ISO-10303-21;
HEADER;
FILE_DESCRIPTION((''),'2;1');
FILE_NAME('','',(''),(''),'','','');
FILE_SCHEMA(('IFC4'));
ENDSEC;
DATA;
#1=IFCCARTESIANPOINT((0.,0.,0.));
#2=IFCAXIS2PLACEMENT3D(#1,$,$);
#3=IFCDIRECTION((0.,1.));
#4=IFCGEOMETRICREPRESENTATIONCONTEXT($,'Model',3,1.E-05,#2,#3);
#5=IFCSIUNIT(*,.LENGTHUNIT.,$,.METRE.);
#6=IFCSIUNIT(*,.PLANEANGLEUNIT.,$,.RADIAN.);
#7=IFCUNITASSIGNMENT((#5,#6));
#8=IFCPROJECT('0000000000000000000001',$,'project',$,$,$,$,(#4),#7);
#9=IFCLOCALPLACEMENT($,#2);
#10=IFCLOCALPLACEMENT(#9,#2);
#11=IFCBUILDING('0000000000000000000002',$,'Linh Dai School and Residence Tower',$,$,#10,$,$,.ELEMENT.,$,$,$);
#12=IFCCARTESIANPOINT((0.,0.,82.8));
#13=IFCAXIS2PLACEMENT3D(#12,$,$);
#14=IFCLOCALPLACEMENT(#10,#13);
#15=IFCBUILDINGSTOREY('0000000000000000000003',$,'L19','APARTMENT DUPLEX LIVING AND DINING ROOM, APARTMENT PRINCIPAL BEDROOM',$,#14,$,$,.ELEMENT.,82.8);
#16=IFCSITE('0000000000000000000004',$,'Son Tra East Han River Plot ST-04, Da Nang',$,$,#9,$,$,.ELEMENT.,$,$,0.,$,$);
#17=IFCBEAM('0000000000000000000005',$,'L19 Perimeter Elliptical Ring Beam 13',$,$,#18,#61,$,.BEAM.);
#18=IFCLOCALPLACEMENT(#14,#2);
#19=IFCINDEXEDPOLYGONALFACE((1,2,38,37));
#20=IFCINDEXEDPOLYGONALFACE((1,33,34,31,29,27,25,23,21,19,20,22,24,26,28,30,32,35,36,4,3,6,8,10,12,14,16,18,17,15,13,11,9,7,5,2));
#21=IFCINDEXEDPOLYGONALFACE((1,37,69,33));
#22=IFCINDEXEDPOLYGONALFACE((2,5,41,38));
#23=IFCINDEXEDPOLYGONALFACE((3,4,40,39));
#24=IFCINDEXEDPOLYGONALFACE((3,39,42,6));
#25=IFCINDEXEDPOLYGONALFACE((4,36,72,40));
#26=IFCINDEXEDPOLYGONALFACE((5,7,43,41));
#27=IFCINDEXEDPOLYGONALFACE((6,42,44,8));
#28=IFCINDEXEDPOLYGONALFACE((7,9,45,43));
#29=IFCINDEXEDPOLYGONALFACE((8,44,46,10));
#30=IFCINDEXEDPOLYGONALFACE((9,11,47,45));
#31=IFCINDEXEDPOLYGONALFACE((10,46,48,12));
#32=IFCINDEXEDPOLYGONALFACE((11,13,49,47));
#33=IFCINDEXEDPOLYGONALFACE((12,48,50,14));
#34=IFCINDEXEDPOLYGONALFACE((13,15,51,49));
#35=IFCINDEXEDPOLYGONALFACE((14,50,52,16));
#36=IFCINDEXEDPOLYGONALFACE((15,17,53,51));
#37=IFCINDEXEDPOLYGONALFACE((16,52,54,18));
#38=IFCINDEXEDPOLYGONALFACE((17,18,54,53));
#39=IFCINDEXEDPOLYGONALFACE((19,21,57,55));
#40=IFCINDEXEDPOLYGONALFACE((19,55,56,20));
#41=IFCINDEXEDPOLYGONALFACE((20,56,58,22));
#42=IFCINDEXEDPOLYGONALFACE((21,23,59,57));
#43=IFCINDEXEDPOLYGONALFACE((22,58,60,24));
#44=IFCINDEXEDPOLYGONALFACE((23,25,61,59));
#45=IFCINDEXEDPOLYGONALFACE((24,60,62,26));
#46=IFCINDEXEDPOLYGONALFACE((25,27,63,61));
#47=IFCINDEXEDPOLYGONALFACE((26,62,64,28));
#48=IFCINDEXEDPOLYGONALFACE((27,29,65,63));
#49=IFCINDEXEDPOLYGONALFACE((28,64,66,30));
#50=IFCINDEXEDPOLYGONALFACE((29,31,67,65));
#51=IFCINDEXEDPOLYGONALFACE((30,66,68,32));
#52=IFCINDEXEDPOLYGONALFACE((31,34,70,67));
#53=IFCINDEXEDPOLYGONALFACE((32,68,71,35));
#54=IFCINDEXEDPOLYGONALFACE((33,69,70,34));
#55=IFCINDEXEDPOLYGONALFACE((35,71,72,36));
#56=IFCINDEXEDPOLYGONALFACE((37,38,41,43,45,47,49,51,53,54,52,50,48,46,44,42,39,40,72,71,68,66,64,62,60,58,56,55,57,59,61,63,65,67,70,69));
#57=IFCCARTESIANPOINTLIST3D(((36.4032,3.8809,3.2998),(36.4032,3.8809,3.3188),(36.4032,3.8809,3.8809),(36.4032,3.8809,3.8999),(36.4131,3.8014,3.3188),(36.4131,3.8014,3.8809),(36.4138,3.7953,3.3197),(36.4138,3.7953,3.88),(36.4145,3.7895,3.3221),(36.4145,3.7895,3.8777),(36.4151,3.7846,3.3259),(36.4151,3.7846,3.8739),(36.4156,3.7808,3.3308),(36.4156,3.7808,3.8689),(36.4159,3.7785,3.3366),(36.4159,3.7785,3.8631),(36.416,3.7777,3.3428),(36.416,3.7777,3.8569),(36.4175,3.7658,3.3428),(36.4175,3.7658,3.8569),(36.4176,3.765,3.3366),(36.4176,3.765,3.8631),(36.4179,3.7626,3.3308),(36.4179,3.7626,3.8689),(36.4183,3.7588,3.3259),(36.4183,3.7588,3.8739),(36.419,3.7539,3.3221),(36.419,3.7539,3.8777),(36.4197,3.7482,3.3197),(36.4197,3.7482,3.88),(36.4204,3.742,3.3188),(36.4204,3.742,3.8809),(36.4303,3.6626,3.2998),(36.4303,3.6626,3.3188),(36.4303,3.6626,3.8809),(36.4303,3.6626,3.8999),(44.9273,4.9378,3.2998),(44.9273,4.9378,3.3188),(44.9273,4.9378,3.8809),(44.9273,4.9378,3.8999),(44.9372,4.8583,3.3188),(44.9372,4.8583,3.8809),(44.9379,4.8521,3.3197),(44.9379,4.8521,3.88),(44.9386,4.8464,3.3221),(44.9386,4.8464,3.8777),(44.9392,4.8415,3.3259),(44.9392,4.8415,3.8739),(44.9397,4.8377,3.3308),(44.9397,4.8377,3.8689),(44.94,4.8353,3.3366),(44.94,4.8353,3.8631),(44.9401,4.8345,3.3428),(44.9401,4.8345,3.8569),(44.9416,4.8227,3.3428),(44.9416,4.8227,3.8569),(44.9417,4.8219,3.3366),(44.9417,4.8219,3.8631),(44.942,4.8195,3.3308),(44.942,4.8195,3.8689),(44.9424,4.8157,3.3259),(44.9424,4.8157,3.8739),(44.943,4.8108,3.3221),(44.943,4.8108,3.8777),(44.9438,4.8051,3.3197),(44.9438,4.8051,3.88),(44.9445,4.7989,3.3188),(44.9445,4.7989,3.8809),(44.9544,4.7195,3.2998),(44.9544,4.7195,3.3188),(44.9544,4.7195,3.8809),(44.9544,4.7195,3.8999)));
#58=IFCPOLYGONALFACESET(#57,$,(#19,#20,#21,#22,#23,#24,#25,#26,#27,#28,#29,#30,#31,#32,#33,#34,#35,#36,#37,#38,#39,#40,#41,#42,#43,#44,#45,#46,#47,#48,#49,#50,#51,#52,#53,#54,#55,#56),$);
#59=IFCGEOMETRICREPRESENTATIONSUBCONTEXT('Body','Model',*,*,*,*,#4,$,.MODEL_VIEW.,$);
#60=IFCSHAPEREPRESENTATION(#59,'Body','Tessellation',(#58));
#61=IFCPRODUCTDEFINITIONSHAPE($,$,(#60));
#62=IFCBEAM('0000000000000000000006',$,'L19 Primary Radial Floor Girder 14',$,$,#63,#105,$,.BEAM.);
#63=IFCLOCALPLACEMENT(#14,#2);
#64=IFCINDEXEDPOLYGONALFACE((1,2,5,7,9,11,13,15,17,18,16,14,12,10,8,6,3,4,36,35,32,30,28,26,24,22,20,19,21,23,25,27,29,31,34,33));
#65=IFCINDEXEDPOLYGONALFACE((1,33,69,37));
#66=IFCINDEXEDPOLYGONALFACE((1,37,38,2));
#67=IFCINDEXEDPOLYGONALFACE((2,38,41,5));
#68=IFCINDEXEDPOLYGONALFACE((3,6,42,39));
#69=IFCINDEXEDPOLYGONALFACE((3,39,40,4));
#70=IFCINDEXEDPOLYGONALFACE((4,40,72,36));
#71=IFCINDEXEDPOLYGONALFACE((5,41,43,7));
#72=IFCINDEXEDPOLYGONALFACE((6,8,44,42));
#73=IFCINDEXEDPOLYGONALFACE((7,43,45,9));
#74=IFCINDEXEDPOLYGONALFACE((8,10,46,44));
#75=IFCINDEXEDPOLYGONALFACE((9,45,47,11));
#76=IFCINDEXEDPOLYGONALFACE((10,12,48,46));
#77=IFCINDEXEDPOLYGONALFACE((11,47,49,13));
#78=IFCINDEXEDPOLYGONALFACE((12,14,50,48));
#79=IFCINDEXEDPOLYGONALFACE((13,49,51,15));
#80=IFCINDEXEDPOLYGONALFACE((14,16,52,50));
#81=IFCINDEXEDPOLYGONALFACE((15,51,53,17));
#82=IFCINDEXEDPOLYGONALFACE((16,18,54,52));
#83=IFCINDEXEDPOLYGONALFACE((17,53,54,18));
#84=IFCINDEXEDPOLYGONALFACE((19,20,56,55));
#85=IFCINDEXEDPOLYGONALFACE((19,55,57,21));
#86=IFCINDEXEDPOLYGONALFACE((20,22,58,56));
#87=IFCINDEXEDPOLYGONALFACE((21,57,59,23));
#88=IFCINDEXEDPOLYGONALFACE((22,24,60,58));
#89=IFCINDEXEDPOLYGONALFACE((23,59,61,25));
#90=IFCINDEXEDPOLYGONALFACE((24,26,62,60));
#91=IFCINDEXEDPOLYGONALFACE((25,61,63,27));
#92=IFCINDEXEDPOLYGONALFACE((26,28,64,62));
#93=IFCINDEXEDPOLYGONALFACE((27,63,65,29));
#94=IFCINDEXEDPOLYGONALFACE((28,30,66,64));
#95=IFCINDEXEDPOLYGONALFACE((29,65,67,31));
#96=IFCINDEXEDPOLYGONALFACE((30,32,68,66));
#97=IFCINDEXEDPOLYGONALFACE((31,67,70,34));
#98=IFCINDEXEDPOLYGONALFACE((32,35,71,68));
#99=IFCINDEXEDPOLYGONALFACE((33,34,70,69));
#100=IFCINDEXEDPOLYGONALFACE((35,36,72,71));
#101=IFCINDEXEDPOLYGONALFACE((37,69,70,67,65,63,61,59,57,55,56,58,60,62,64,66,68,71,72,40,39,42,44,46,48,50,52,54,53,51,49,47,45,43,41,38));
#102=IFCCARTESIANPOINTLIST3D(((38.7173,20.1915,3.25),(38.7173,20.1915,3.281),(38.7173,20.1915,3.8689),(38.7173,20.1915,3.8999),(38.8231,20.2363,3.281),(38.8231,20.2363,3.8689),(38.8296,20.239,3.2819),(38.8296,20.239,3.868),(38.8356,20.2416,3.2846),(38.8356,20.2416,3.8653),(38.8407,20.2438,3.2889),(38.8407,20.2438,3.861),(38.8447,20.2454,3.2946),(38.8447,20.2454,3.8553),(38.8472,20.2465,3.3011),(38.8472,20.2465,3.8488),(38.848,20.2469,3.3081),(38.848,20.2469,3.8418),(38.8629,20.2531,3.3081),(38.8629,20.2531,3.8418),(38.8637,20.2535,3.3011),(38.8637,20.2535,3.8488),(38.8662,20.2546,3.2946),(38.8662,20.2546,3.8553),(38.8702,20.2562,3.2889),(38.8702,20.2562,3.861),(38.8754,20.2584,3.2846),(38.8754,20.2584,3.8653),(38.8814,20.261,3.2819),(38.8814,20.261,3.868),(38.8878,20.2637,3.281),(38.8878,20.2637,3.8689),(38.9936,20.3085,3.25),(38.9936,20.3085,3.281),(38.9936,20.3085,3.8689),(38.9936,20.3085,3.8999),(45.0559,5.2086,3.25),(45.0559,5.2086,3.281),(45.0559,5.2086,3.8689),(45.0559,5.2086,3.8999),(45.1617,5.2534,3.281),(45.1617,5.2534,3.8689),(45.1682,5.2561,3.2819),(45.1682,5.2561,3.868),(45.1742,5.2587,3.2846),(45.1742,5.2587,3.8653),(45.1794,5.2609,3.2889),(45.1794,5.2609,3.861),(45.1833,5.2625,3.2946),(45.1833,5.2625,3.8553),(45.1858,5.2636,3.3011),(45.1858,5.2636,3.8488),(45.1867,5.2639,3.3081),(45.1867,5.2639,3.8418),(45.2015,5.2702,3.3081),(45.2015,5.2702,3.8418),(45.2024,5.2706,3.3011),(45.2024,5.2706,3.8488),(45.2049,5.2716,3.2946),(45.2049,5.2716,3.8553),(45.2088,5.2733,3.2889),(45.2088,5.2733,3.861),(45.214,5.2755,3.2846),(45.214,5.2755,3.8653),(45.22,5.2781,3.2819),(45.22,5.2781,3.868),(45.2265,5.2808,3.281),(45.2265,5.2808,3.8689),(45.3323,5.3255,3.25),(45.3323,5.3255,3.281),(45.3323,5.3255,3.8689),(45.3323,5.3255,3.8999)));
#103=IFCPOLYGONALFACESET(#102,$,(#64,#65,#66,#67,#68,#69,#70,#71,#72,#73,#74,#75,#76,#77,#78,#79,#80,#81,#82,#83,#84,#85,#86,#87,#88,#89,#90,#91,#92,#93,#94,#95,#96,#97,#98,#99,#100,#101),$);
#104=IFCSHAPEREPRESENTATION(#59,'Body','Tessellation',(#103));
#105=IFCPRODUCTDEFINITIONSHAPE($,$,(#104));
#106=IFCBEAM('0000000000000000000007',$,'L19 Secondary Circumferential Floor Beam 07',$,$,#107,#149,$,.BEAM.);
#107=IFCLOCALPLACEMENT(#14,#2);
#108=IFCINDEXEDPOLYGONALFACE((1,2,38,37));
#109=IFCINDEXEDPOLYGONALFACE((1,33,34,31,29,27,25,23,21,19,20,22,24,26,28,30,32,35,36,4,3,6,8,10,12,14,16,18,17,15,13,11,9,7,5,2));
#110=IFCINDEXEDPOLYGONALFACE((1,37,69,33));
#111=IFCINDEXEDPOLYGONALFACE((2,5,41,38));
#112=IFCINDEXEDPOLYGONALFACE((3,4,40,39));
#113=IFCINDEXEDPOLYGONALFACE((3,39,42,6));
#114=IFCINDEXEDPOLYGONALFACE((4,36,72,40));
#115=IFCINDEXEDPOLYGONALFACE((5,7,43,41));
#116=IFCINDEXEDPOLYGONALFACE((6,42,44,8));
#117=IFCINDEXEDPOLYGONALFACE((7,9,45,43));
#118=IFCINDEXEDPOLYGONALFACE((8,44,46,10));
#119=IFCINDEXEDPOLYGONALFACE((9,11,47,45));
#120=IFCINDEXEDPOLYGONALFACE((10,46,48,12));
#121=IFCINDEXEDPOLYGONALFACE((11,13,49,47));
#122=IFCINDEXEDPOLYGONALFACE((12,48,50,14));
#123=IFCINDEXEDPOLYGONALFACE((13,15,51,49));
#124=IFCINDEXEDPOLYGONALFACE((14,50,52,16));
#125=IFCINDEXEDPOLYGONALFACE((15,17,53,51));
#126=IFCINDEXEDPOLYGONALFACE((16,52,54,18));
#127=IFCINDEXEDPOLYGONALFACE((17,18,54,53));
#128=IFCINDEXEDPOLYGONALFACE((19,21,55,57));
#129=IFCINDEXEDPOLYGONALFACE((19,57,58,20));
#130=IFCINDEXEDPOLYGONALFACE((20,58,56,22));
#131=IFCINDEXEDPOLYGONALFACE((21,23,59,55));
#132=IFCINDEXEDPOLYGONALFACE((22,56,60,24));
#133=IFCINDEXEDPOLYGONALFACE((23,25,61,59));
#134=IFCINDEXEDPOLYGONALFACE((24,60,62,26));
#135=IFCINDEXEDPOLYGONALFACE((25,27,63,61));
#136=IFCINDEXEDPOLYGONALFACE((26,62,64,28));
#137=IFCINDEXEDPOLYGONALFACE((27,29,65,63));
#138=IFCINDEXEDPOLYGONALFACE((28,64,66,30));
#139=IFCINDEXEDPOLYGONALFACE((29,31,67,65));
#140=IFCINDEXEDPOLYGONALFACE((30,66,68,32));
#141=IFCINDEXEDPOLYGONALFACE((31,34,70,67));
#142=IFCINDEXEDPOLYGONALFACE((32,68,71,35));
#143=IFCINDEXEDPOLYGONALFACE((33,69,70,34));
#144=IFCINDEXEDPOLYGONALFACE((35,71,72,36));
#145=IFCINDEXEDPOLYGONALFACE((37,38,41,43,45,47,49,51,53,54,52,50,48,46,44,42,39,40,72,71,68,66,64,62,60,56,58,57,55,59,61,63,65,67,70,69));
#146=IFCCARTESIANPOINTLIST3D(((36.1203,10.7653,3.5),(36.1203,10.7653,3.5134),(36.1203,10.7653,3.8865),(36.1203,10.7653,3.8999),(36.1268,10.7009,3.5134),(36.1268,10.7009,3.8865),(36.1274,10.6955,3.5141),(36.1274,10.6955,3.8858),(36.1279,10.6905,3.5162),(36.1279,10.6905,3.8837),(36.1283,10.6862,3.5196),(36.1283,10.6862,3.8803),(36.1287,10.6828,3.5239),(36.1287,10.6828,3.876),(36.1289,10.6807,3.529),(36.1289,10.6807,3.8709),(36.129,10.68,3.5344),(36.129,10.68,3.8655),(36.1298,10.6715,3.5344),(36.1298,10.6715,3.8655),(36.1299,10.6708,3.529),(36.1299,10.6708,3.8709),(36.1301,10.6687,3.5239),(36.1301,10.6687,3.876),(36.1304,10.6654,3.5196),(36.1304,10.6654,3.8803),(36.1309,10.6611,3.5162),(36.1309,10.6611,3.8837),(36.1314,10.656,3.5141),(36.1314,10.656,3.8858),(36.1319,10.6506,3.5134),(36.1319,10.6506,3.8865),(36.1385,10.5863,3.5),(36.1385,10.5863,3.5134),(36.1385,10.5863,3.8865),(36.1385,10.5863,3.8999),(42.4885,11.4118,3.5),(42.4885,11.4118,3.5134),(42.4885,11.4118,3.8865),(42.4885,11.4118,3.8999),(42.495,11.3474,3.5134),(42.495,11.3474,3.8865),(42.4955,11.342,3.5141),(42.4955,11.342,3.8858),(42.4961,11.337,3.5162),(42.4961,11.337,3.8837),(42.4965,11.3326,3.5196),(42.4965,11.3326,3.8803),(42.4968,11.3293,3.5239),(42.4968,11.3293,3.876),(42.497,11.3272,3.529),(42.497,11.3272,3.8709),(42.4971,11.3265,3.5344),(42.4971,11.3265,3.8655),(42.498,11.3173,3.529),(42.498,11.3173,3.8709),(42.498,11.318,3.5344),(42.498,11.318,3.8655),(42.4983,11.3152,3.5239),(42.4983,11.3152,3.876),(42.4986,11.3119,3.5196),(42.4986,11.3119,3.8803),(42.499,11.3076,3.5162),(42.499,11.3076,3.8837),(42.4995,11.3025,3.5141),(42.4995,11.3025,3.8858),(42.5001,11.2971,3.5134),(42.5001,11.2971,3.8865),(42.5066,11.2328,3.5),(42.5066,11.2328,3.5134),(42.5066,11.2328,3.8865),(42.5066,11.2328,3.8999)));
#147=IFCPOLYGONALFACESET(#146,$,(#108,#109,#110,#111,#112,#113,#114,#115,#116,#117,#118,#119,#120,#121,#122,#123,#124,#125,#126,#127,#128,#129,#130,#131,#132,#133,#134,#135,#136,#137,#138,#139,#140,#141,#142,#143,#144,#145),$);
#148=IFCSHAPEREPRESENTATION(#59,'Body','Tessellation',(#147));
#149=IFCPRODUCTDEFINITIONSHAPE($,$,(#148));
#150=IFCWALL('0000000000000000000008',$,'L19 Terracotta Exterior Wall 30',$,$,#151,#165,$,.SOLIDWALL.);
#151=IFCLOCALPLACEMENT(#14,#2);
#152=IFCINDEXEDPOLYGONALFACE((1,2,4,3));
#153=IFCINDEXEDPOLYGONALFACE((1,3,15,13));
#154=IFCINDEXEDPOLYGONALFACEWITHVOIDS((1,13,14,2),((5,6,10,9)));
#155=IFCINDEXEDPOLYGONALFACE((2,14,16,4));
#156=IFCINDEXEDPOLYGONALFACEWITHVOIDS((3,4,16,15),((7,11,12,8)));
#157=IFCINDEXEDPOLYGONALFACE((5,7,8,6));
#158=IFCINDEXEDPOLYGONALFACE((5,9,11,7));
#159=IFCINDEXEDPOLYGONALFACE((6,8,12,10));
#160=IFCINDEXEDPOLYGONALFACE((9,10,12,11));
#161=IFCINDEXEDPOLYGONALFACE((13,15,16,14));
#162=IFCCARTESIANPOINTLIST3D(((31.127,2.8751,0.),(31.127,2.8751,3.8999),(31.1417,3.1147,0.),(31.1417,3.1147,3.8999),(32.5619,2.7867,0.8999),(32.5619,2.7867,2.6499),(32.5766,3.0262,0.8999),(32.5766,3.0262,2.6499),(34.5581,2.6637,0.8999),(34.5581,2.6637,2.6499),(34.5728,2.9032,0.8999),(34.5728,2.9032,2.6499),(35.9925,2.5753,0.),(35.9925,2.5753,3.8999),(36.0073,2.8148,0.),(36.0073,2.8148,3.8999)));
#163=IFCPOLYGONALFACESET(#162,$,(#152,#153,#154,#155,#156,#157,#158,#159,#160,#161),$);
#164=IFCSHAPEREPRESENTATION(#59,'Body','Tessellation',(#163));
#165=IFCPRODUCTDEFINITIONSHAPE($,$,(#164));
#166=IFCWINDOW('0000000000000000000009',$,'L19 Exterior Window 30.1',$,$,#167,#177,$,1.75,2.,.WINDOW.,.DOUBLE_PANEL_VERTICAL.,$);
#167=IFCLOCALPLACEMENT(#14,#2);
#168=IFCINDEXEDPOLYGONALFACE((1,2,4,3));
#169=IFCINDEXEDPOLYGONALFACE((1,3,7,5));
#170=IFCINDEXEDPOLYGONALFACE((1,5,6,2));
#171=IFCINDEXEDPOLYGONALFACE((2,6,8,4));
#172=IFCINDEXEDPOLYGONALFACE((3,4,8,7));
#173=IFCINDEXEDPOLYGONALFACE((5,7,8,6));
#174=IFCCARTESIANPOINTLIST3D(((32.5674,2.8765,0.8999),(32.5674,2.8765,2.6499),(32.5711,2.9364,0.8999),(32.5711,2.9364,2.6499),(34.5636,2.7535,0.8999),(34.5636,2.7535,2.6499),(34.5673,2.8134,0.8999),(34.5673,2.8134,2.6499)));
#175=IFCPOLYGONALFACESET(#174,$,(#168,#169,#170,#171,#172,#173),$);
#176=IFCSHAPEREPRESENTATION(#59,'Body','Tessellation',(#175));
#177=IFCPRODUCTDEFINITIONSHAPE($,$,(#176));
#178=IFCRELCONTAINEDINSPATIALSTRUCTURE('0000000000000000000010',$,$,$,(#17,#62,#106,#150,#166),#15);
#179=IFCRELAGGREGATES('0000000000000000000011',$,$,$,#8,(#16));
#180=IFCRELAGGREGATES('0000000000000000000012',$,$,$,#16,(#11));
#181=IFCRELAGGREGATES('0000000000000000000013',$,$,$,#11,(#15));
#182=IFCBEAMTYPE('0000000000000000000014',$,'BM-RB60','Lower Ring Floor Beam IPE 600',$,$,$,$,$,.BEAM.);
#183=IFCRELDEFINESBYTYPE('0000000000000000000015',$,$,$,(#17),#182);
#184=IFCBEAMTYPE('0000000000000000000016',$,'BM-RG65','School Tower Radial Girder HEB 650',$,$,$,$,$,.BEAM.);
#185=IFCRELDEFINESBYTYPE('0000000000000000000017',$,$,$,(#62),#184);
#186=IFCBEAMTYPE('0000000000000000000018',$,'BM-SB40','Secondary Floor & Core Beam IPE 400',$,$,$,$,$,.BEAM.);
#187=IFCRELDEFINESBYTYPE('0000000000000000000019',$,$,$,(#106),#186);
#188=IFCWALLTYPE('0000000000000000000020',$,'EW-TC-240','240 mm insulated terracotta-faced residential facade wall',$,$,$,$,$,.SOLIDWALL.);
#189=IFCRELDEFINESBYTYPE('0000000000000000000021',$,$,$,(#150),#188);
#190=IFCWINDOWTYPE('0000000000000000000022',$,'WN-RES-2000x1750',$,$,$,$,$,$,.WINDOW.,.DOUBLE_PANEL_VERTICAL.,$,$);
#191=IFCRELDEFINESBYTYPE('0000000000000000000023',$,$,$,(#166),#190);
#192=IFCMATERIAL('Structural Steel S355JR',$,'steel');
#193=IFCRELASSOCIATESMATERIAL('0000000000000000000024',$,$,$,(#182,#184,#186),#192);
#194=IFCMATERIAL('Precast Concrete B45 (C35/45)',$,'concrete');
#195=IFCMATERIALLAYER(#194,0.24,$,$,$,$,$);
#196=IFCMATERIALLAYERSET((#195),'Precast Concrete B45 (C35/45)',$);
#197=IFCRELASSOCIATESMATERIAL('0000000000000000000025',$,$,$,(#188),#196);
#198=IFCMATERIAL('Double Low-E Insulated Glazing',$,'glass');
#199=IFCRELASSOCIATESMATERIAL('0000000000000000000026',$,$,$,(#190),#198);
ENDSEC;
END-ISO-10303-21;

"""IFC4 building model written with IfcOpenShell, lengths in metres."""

from ifc_helpers import new_model, si_unit, direction, frame, frame_2d, origin, origin_2d, place, context, subcontext, project, spatial, rectangle, i_section, extrude, source, transform, mapped, material, layer, layer_set, material_profile, profile_set, type_object, element, fill, save


model = new_model("IFC4")

# Units and contexts
model_context = context("Model", 3, precision=1e-05, world=origin(), true_north=direction((0.0, 1.0)))
body_context = subcontext(model_context, "Body", "Model", "MODEL_VIEW")
ifc_project = project(units=[si_unit("LENGTHUNIT", "METRE"), si_unit("PLANEANGLEUNIT", "RADIAN")], contexts=[model_context])

# Site, building, storey
site_placement = place(None, origin())
site = spatial("IfcSite", under=ifc_project, at=site_placement, Name="Son Tra East Han River Plot ST-04, Da Nang", CompositionType="ELEMENT", RefElevation=0.0)
building_placement = place(site_placement, origin())
building = spatial("IfcBuilding", under=site, at=building_placement, Name="Linh Dai School and Residence Tower", CompositionType="ELEMENT")
storey_placement = place(building_placement, frame((0.0, 0.0, 82.8)))
storey = spatial("IfcBuildingStorey", under=building, at=storey_placement, Name="L19", Description="APARTMENT DUPLEX LIVING AND DINING ROOM, APARTMENT PRINCIPAL BEDROOM", CompositionType="ELEMENT", Elevation=82.8)

# Beams
ifc_material_1 = material(Name="Structural Steel S355JR", Category="steel")
ifc_material_profile_1 = material_profile(ifc_material_1, i_section(OverallWidth=0.22, OverallDepth=0.6001, WebThickness=0.012, FlangeThickness=0.019, FilletRadius=0.0239, at=origin_2d()), Name="IPE 600")
ifc_profile_set_1 = profile_set([ifc_material_profile_1], Name="Structural Steel S355JR")
beam_type_1 = type_object("IfcBeamType", Name="BM-RB60", Description="Lower Ring Floor Beam IPE 600", PredefinedType="BEAM", material=ifc_profile_set_1)
beam_1_placement = place(storey_placement, frame((36.4167, 3.7717, 3.5999), z_axis=(0.992401, 0.123045, 0.0), x_axis=(-0.123045, 0.992401, 0.0)))
element("IfcBeam", 1, at=beam_1_placement, inside=storey, type_object=beam_type_1, Name="L19 Perimeter Elliptical Ring Beam 13", PredefinedType="BEAM", context=body_context, shape_type="SweptSolid", body=[
    extrude(i_section(OverallWidth=0.22, OverallDepth=0.6001, WebThickness=0.012, FlangeThickness=0.019, FilletRadius=0.0239, at=origin_2d()), origin(), (0.0, 0.0, 1.0), 8.5894),
])
ifc_material_profile_2 = material_profile(ifc_material_1, i_section(OverallWidth=0.3, OverallDepth=0.6499, WebThickness=0.0161, FlangeThickness=0.031, FilletRadius=0.0271, at=origin_2d()), Name="HEB 650")
ifc_profile_set_2 = profile_set([ifc_material_profile_2], Name="Structural Steel S355JR")
beam_type_2 = type_object("IfcBeamType", Name="BM-RG65", Description="School Tower Radial Girder HEB 650", PredefinedType="BEAM", material=ifc_profile_set_2)
beam_2_placement = place(storey_placement, frame((38.8555, 20.25, 3.575), z_axis=(0.389624, -0.920974, 0.0), x_axis=(0.920974, 0.389624, 0.0)))
element("IfcBeam", 2, at=beam_2_placement, inside=storey, type_object=beam_type_2, Name="L19 Primary Radial Floor Girder 14", PredefinedType="BEAM", context=body_context, shape_type="SweptSolid", body=[
    extrude(i_section(OverallWidth=0.3, OverallDepth=0.6499, WebThickness=0.0161, FlangeThickness=0.031, FilletRadius=0.0271, at=origin_2d()), origin(), (0.0, 0.0, 1.0), 16.2686),
])
ifc_material_profile_3 = material_profile(ifc_material_1, i_section(OverallWidth=0.1799, OverallDepth=0.3999, WebThickness=0.0085, FlangeThickness=0.0134, FilletRadius=0.021, at=origin_2d()), Name="IPE 400")
ifc_profile_set_3 = profile_set([ifc_material_profile_3], Name="Structural Steel S355JR")
beam_type_3 = type_object("IfcBeamType", Name="BM-SB40", Description="Secondary Floor & Core Beam IPE 400", PredefinedType="BEAM", material=ifc_profile_set_3)
beam_3_placement = place(storey_placement, frame((36.1294, 10.6758, 3.7), z_axis=(0.994887, 0.100999, 0.0), x_axis=(-0.100999, 0.994887, 0.0)))
element("IfcBeam", 3, at=beam_3_placement, inside=storey, type_object=beam_type_3, Name="L19 Secondary Circumferential Floor Beam 07", PredefinedType="BEAM", context=body_context, shape_type="SweptSolid", body=[
    extrude(i_section(OverallWidth=0.1799, OverallDepth=0.3999, WebThickness=0.0085, FlangeThickness=0.0134, FilletRadius=0.021, at=origin_2d()), origin(), (0.0, 0.0, 1.0), 6.4009),
])

# Wall, opening, window
ifc_material_2 = material(Name="Precast Concrete B45 (C35/45)", Category="concrete")
ifc_layer_1 = layer(ifc_material_2, 0.24)
ifc_layer_set_1 = layer_set([ifc_layer_1], Name="Precast Concrete B45 (C35/45)")
wall_type_1 = type_object("IfcWallType", Name="EW-TC-240", Description="240 mm insulated terracotta-faced residential facade wall", PredefinedType="SOLIDWALL", material=ifc_layer_set_1)
wall_1_placement = place(storey_placement, frame((36.0, 2.6951, 0.0), z_axis=(0.0, 0.0, 1.0), x_axis=(-0.998107, 0.061502, 0.0)))
wall_1 = element("IfcWall", 4, at=wall_1_placement, inside=storey, type_object=wall_type_1, Name="L19 Terracotta Exterior Wall 30", PredefinedType="SOLIDWALL", context=body_context, shape_type="SweptSolid", body=[
    extrude(rectangle(XDim=4.8748, YDim=0.24, at=frame_2d((2.4375, 0.0))), origin(), (0.0, 0.0, 1.0), 3.8999),
])
opening_1_placement = place(wall_1_placement, frame((1.4373, 0.0, 0.8999)))
opening_1 = element("IfcOpeningElement", 5, at=opening_1_placement, cuts=wall_1, PredefinedType="OPENING", context=body_context, shape_type="SweptSolid", body=[
    extrude(rectangle(XDim=2.0, YDim=1.75, at=origin_2d()), frame((1.0, 0.1299, 0.875), z_axis=(0.0, -1.0, 0.0), x_axis=(1.0, 0.0, 0.0)), (0.0, 0.0, 1.0), 0.26),
])
ifc_material_3 = material(Name="Double Low-E Insulated Glazing", Category="glass")
window_type = type_object("IfcWindowType", Name="WN-RES-2000x1750", PartitioningType="DOUBLE_PANEL_VERTICAL", PredefinedType="WINDOW", material=ifc_material_3)
shared_shape_1 = source(origin(), body_context, "Body", "SweptSolid", [
    extrude(rectangle(XDim=2.0, YDim=1.75, at=origin_2d()), frame((1.0, 0.03, 0.875), z_axis=(0.0, -1.0, 0.0), x_axis=(1.0, 0.0, 0.0)), (0.0, 0.0, 1.0), 0.0601),
])
window_1_placement = place(opening_1_placement, origin())
window_1 = element("IfcWindow", 6, at=window_1_placement, inside=storey, type_object=window_type, Name="L19 Exterior Window 30.1", OverallHeight=1.75, OverallWidth=2.0, PartitioningType="DOUBLE_PANEL_VERTICAL", PredefinedType="WINDOW", context=body_context, shape_type="MappedRepresentation", body=[
    mapped(shared_shape_1, transform((0.0, 0.0, 0.0), x_axis=(1.0, 0.0, 0.0), y_axis=(0.0, 1.0, 0.0), z_axis=(0.0, 0.0, 1.0), scale=1.0)),
])
fill(opening_1, window_1)

save(model, "model.ifc")
